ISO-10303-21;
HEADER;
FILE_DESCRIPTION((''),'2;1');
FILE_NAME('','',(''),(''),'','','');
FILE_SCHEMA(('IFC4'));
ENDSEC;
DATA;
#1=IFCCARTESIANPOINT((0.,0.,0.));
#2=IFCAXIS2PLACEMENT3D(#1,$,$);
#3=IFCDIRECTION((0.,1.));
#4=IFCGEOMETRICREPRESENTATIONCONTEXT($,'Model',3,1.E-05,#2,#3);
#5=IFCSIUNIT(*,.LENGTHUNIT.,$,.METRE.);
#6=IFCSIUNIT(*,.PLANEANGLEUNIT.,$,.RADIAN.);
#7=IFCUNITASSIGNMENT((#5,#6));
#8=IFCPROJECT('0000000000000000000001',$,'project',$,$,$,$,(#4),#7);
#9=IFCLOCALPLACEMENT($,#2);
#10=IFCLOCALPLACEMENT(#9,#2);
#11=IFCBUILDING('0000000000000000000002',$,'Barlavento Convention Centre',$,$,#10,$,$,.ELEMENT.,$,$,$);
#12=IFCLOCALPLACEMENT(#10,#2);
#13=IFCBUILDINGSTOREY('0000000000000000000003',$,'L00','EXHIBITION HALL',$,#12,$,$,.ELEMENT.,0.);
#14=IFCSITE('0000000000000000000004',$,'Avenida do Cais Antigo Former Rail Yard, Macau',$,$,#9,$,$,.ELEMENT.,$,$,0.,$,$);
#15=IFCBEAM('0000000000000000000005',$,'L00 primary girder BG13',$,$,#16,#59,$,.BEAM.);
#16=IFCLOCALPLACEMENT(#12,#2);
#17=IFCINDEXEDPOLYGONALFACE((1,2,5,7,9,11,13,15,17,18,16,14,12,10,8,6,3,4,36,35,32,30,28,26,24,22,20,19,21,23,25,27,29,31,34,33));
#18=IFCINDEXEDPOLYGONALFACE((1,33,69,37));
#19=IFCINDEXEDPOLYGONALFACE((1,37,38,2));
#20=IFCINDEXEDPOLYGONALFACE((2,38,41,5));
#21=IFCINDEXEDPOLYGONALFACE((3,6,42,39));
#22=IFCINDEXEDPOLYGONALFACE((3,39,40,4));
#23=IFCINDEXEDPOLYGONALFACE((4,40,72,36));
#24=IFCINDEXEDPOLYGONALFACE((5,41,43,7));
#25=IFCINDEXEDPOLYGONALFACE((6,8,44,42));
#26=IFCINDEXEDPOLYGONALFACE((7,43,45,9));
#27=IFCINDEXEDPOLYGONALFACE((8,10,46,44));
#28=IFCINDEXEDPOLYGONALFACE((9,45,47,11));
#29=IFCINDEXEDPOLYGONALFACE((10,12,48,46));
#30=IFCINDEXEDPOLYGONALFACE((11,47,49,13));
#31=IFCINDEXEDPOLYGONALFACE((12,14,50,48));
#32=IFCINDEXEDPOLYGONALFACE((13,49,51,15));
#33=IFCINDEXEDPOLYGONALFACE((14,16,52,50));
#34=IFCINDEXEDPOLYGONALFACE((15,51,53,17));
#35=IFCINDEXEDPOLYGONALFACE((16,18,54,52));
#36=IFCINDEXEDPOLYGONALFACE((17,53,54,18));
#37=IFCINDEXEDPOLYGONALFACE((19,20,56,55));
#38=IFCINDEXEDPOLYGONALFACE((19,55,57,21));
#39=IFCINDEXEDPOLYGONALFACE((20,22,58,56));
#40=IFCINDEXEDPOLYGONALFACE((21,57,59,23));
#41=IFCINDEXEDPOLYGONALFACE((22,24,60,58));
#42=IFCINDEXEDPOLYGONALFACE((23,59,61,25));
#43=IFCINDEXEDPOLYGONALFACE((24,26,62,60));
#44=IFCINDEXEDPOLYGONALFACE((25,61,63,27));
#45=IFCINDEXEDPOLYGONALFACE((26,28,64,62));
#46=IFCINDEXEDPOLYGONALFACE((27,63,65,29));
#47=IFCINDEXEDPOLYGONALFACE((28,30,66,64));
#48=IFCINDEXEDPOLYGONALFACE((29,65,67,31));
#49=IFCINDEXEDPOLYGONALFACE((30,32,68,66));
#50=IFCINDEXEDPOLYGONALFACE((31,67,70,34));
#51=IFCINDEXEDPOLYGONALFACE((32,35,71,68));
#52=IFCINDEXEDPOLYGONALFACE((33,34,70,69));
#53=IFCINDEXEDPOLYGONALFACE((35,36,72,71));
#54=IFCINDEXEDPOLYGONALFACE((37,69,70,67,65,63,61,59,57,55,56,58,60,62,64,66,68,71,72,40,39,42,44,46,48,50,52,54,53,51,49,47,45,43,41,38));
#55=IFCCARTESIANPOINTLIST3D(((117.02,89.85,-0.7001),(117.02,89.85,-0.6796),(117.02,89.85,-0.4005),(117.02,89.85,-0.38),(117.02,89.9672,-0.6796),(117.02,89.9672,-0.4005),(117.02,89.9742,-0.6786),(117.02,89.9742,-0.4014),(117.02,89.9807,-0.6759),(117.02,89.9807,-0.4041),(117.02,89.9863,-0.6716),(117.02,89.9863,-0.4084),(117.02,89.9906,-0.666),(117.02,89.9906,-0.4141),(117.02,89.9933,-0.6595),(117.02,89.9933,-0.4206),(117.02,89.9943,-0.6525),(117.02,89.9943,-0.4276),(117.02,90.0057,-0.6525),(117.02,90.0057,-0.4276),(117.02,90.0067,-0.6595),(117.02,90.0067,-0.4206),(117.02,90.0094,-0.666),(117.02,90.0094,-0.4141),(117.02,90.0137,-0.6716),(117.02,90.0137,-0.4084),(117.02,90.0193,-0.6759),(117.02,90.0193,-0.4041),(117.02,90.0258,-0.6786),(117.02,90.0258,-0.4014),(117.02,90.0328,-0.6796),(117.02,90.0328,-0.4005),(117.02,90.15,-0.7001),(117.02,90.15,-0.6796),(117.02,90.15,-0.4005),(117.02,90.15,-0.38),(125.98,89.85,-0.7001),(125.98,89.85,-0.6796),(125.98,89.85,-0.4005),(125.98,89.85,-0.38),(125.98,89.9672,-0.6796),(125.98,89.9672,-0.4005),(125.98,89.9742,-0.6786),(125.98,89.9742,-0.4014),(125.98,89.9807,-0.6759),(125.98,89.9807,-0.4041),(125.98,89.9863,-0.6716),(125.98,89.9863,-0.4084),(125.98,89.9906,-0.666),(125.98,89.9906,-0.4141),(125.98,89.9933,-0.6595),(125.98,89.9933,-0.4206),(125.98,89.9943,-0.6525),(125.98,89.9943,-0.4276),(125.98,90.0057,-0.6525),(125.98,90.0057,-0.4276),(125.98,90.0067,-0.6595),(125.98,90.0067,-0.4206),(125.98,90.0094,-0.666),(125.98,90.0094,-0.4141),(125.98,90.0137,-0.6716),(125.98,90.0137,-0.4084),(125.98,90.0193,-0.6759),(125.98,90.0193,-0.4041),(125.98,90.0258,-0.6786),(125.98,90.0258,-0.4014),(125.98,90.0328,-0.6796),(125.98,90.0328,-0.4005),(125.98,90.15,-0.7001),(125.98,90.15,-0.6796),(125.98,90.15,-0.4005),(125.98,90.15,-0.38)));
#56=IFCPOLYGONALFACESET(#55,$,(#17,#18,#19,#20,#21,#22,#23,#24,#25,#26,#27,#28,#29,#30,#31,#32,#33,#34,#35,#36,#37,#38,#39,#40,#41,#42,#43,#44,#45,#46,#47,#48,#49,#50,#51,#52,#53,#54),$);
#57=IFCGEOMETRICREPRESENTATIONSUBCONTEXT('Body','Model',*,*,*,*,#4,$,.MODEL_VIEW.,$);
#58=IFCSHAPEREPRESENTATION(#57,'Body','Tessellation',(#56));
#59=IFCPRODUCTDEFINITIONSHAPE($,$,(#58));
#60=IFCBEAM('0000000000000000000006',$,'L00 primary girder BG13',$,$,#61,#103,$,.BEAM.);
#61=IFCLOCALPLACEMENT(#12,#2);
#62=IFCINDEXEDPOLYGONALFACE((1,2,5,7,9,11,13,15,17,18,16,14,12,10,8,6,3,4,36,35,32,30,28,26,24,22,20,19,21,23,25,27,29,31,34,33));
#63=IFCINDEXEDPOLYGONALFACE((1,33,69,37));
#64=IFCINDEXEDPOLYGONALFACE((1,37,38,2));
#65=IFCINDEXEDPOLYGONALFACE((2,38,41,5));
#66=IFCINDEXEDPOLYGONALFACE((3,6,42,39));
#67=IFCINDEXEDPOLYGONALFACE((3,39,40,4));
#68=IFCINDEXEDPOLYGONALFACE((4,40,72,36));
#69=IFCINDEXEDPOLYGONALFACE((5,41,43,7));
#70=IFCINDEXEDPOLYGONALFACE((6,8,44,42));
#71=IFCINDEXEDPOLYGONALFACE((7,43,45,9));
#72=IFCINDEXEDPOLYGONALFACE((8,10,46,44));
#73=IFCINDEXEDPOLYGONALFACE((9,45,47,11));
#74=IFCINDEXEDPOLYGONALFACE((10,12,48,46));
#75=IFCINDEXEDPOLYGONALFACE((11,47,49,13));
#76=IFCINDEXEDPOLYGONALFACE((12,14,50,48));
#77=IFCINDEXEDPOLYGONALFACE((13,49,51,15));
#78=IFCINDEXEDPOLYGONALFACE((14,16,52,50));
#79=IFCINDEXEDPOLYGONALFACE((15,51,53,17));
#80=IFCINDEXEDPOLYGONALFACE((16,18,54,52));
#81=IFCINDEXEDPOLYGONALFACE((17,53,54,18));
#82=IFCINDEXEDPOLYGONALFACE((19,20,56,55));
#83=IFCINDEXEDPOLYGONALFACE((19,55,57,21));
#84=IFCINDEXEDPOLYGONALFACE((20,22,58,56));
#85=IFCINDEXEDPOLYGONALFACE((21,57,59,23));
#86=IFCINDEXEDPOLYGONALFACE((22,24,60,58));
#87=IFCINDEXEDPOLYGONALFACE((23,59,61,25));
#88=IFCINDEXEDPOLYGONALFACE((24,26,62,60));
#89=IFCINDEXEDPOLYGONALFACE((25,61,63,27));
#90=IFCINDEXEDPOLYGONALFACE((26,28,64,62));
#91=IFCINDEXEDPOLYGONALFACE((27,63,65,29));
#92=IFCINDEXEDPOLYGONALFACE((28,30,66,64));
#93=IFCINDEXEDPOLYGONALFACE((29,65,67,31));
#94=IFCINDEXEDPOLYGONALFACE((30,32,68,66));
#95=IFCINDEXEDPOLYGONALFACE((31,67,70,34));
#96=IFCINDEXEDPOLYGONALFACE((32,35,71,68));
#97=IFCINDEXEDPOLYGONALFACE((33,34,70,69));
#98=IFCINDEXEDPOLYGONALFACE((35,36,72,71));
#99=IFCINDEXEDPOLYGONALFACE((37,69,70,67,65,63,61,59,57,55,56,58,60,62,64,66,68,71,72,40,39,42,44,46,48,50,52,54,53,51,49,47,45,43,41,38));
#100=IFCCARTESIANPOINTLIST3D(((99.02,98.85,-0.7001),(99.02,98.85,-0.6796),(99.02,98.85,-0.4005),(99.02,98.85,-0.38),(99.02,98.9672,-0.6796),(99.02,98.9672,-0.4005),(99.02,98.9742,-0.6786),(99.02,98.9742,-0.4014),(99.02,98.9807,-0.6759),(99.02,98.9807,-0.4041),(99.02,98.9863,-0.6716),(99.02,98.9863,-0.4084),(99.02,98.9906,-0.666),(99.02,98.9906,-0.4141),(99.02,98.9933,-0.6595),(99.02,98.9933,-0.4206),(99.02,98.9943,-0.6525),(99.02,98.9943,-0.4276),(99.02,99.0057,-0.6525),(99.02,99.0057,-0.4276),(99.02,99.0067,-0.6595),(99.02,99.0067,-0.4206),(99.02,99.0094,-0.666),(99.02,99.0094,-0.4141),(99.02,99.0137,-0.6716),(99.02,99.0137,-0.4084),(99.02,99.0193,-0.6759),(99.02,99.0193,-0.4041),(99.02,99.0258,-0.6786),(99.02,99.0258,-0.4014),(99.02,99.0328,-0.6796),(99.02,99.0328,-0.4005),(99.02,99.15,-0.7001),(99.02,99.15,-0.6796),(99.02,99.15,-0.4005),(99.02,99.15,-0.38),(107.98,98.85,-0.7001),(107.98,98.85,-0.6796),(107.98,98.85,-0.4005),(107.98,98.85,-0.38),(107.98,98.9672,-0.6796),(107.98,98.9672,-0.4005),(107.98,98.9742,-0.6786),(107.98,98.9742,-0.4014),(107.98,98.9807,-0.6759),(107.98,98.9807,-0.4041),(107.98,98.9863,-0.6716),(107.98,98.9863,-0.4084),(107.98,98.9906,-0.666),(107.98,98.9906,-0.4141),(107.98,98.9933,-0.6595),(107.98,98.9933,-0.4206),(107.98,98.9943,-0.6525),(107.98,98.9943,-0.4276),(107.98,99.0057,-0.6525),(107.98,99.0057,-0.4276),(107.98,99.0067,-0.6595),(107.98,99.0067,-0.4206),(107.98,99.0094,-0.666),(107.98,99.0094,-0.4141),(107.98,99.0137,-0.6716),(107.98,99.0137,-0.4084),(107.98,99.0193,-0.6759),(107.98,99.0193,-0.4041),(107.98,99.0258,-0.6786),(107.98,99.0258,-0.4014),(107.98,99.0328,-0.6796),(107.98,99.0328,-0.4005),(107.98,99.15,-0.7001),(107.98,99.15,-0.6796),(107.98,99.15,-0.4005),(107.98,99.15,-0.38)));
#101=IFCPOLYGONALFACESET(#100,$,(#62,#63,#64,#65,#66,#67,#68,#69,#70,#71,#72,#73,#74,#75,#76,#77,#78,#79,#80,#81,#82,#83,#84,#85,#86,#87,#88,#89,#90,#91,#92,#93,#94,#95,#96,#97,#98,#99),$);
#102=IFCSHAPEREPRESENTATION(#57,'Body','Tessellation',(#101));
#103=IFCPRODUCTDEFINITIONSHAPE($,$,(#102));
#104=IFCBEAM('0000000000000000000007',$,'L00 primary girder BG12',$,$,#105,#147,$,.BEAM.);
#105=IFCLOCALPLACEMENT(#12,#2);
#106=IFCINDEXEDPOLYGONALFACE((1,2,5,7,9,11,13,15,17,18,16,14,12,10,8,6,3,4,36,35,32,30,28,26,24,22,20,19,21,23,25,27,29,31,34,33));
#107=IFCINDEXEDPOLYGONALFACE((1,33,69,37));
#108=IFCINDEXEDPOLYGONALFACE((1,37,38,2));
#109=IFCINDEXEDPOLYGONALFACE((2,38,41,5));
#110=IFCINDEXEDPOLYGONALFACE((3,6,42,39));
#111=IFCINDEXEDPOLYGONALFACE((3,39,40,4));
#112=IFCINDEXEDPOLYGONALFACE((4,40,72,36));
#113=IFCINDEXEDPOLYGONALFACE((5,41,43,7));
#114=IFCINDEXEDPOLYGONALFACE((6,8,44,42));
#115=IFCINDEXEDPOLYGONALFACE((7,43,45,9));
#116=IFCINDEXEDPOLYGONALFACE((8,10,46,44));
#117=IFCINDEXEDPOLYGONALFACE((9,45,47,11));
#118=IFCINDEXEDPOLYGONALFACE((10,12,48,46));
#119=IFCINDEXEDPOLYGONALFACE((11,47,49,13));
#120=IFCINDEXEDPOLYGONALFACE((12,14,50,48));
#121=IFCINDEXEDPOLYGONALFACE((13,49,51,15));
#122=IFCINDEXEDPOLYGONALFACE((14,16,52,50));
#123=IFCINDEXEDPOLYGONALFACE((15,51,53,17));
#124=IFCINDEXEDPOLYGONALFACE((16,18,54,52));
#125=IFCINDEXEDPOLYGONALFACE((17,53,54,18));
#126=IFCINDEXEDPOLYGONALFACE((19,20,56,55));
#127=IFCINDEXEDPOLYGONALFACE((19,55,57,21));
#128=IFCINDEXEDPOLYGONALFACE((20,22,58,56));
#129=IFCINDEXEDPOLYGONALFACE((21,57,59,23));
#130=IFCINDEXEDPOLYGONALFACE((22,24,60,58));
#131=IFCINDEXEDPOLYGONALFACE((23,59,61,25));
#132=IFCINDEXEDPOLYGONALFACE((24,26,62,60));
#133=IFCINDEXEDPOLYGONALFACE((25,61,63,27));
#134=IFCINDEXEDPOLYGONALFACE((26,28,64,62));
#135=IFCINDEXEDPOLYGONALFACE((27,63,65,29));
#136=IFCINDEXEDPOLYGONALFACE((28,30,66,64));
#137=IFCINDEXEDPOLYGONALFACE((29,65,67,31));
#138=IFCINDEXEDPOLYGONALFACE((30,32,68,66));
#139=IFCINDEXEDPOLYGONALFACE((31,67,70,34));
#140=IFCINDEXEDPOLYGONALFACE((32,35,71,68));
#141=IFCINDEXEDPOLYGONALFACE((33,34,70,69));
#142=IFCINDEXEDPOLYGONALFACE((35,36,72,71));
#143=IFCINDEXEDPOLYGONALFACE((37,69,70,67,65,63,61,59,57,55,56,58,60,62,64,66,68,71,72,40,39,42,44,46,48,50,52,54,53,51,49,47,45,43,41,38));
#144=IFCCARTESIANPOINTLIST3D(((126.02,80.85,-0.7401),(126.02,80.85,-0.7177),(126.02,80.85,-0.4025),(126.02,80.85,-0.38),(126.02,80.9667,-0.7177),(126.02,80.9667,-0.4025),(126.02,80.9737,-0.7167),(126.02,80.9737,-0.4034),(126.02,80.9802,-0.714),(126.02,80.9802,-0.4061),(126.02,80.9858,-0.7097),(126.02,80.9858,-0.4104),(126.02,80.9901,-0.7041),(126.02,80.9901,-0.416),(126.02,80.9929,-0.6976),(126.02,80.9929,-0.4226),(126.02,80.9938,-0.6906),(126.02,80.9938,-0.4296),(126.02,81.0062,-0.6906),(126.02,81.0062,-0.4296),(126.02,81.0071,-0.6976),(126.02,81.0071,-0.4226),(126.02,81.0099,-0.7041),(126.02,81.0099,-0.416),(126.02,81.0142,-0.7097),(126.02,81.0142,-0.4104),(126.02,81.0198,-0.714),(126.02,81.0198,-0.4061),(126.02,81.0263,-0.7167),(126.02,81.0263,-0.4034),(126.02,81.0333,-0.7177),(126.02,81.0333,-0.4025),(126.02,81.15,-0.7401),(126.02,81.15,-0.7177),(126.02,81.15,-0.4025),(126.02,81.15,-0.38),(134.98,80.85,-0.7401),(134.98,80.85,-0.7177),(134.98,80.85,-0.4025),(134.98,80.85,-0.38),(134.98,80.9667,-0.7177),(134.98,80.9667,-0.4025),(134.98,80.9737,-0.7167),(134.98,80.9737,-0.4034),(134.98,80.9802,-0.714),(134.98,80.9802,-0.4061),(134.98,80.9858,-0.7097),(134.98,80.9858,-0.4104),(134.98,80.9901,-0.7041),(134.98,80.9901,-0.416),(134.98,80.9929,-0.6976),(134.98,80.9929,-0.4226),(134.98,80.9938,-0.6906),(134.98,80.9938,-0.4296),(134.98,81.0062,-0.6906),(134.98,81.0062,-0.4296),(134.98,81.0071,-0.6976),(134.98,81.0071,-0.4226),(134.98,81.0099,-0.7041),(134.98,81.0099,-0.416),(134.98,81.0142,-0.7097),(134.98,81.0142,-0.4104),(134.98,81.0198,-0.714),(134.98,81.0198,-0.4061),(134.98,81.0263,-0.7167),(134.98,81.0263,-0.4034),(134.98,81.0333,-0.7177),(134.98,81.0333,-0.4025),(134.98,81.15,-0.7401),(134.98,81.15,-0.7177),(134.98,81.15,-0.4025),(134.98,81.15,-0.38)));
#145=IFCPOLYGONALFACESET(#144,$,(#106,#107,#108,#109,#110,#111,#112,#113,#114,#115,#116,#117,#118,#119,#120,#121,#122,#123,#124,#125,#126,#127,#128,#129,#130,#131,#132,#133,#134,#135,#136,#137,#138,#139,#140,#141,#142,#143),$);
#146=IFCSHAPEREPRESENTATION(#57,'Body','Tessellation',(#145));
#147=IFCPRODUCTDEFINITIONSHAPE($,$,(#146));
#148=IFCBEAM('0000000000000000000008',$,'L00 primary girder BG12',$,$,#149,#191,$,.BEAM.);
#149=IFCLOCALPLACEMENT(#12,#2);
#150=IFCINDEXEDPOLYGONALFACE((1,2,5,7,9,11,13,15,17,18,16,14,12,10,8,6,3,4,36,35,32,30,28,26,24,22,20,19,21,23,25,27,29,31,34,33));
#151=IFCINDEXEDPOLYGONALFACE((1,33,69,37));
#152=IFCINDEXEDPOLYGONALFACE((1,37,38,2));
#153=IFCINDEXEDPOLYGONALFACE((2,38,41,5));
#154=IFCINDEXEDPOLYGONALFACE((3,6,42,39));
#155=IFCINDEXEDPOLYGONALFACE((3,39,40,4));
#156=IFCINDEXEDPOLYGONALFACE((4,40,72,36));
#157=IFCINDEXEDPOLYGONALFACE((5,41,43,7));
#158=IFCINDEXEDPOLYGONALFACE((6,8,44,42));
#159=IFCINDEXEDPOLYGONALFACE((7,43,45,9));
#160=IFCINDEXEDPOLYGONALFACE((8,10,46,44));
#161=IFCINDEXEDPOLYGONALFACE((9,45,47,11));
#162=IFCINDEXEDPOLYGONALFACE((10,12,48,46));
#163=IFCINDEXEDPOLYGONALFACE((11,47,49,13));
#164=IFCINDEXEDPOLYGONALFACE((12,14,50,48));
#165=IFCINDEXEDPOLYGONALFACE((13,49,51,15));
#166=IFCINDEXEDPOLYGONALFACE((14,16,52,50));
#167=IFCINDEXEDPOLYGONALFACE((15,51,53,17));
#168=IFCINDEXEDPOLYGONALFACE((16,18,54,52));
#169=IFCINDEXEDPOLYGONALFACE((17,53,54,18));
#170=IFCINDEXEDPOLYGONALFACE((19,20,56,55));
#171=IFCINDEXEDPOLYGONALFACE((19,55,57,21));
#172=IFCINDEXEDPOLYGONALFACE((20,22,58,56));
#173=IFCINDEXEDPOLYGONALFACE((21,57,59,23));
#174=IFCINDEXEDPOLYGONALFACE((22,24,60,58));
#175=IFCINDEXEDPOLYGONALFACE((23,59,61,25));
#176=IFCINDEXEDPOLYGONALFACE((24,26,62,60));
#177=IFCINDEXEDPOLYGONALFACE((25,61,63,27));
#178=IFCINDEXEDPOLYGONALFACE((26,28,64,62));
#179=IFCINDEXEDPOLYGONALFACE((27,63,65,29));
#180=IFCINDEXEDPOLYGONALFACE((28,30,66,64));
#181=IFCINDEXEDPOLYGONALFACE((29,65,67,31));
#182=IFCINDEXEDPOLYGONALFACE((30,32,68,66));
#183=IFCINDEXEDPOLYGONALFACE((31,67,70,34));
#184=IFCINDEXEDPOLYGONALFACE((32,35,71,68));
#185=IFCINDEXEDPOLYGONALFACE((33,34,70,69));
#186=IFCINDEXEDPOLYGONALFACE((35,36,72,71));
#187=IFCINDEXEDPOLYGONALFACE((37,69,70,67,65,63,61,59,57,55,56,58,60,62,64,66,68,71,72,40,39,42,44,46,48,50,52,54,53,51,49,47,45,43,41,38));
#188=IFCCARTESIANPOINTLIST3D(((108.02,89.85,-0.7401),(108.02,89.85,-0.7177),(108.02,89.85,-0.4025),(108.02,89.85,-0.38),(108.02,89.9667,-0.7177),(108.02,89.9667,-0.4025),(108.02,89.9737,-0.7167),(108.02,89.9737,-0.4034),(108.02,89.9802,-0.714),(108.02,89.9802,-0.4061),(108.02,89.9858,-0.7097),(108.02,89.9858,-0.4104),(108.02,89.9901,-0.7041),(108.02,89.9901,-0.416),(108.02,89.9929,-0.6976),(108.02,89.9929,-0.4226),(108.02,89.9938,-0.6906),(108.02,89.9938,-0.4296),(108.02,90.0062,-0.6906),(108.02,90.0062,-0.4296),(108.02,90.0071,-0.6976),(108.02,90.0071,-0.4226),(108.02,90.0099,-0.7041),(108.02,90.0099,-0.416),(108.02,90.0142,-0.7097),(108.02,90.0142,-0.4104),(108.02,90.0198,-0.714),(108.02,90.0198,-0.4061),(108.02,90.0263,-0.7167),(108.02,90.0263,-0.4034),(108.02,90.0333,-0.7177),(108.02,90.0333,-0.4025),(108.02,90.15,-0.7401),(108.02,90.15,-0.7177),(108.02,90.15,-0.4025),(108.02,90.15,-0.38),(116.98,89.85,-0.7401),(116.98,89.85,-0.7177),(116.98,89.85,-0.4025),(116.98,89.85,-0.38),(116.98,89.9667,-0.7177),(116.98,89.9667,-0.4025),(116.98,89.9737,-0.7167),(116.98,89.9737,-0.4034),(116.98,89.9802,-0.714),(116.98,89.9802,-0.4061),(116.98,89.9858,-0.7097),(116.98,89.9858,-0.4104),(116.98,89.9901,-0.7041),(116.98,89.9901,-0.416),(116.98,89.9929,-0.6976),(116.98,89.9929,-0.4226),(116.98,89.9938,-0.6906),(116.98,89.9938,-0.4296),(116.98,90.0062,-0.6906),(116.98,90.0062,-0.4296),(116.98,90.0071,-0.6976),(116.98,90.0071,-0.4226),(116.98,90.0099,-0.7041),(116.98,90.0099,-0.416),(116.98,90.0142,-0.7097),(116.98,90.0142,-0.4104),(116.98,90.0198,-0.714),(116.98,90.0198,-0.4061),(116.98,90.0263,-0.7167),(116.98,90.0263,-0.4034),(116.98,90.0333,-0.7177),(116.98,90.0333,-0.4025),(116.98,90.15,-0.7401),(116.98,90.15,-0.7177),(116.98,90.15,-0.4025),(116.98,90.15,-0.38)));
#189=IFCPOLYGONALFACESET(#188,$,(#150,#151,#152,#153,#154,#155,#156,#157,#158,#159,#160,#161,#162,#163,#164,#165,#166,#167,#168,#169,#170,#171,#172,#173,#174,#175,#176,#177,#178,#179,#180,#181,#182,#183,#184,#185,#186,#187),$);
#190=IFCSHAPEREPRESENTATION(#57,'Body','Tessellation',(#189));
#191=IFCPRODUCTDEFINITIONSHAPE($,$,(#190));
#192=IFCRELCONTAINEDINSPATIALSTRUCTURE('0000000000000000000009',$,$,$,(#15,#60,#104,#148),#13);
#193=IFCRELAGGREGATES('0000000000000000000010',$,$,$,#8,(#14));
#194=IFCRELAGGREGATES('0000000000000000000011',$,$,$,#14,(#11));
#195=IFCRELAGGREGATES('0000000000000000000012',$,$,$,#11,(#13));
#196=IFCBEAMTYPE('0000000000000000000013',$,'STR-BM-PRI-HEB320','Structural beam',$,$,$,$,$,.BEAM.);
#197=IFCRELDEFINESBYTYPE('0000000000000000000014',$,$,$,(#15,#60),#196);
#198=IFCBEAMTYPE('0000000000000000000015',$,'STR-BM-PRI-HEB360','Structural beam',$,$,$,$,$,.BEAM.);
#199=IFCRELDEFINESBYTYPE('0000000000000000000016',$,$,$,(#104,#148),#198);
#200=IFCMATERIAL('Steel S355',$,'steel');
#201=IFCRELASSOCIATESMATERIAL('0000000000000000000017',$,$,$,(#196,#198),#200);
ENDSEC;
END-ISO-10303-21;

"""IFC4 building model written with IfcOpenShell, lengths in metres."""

from ifc_helpers import new_model, si_unit, direction, frame, origin, origin_2d, place, context, subcontext, project, spatial, i_section, extrude, material, material_profile, profile_set, type_object, element, save


model = new_model("IFC4")

# Units and contexts
model_context = context("Model", 3, precision=1e-05, world=origin(), true_north=direction((0.0, 1.0)))
body_context = subcontext(model_context, "Body", "Model", "MODEL_VIEW")
ifc_project = project(units=[si_unit("LENGTHUNIT", "METRE"), si_unit("PLANEANGLEUNIT", "RADIAN")], contexts=[model_context])

# Site, building, storey
site_placement = place(None, origin())
site = spatial("IfcSite", under=ifc_project, at=site_placement, Name="Avenida do Cais Antigo Former Rail Yard, Macau", CompositionType="ELEMENT", RefElevation=0.0)
building_placement = place(site_placement, origin())
building = spatial("IfcBuilding", under=site, at=building_placement, Name="Barlavento Convention Centre", CompositionType="ELEMENT")
storey_placement = place(building_placement, origin())
storey = spatial("IfcBuildingStorey", under=building, at=storey_placement, Name="L00", Description="EXHIBITION HALL", CompositionType="ELEMENT", Elevation=0.0)

# Beams
ifc_material_1 = material(Name="Steel S355", Category="steel")
ifc_material_profile_1 = material_profile(ifc_material_1, i_section(OverallWidth=0.3, OverallDepth=0.3201, WebThickness=0.0115, FlangeThickness=0.0205, FilletRadius=0.0271, at=origin_2d()), Name="HEB 320")
ifc_profile_set_1 = profile_set([ifc_material_profile_1], Name="Steel S355")
beam_type_1 = type_object("IfcBeamType", Name="STR-BM-PRI-HEB320", Description="Structural beam", PredefinedType="BEAM", material=ifc_profile_set_1)
for number, where, z_axis, x_axis, name in (
    (1, (117.02, 90.0, -0.54), (1.0, 0.0, 0.0), (0.0, 1.0, 0.0), "L00 primary girder BG13"),
    (2, (99.02, 99.0, -0.54), (1.0, 0.0, 0.0), (0.0, 1.0, 0.0), "L00 primary girder BG13"),
):
    element("IfcBeam", number, at=place(storey_placement, frame(where, z_axis=z_axis, x_axis=x_axis)), inside=storey, type_object=beam_type_1, Name=name, PredefinedType="BEAM", context=body_context, shape_type="SweptSolid", body=[
        extrude(i_section(OverallWidth=0.3, OverallDepth=0.3201, WebThickness=0.0115, FlangeThickness=0.0205, FilletRadius=0.0271, at=origin_2d()), origin(), (0.0, 0.0, 1.0), 8.96),
    ])
ifc_material_profile_2 = material_profile(ifc_material_1, i_section(OverallWidth=0.3, OverallDepth=0.3601, WebThickness=0.0125, FlangeThickness=0.0225, FilletRadius=0.0271, at=origin_2d()), Name="HEB 360")
ifc_profile_set_2 = profile_set([ifc_material_profile_2], Name="Steel S355")
beam_type_2 = type_object("IfcBeamType", Name="STR-BM-PRI-HEB360", Description="Structural beam", PredefinedType="BEAM", material=ifc_profile_set_2)
for number, where, z_axis, x_axis, name in (
    (3, (126.02, 81.0, -0.5601), (1.0, 0.0, 0.0), (0.0, 1.0, 0.0), "L00 primary girder BG12"),
    (4, (108.02, 90.0, -0.5601), (1.0, 0.0, 0.0), (0.0, 1.0, 0.0), "L00 primary girder BG12"),
):
    element("IfcBeam", number, at=place(storey_placement, frame(where, z_axis=z_axis, x_axis=x_axis)), inside=storey, type_object=beam_type_2, Name=name, PredefinedType="BEAM", context=body_context, shape_type="SweptSolid", body=[
        extrude(i_section(OverallWidth=0.3, OverallDepth=0.3601, WebThickness=0.0125, FlangeThickness=0.0225, FilletRadius=0.0271, at=origin_2d()), origin(), (0.0, 0.0, 1.0), 8.96),
    ])

save(model, "model.ifc")
